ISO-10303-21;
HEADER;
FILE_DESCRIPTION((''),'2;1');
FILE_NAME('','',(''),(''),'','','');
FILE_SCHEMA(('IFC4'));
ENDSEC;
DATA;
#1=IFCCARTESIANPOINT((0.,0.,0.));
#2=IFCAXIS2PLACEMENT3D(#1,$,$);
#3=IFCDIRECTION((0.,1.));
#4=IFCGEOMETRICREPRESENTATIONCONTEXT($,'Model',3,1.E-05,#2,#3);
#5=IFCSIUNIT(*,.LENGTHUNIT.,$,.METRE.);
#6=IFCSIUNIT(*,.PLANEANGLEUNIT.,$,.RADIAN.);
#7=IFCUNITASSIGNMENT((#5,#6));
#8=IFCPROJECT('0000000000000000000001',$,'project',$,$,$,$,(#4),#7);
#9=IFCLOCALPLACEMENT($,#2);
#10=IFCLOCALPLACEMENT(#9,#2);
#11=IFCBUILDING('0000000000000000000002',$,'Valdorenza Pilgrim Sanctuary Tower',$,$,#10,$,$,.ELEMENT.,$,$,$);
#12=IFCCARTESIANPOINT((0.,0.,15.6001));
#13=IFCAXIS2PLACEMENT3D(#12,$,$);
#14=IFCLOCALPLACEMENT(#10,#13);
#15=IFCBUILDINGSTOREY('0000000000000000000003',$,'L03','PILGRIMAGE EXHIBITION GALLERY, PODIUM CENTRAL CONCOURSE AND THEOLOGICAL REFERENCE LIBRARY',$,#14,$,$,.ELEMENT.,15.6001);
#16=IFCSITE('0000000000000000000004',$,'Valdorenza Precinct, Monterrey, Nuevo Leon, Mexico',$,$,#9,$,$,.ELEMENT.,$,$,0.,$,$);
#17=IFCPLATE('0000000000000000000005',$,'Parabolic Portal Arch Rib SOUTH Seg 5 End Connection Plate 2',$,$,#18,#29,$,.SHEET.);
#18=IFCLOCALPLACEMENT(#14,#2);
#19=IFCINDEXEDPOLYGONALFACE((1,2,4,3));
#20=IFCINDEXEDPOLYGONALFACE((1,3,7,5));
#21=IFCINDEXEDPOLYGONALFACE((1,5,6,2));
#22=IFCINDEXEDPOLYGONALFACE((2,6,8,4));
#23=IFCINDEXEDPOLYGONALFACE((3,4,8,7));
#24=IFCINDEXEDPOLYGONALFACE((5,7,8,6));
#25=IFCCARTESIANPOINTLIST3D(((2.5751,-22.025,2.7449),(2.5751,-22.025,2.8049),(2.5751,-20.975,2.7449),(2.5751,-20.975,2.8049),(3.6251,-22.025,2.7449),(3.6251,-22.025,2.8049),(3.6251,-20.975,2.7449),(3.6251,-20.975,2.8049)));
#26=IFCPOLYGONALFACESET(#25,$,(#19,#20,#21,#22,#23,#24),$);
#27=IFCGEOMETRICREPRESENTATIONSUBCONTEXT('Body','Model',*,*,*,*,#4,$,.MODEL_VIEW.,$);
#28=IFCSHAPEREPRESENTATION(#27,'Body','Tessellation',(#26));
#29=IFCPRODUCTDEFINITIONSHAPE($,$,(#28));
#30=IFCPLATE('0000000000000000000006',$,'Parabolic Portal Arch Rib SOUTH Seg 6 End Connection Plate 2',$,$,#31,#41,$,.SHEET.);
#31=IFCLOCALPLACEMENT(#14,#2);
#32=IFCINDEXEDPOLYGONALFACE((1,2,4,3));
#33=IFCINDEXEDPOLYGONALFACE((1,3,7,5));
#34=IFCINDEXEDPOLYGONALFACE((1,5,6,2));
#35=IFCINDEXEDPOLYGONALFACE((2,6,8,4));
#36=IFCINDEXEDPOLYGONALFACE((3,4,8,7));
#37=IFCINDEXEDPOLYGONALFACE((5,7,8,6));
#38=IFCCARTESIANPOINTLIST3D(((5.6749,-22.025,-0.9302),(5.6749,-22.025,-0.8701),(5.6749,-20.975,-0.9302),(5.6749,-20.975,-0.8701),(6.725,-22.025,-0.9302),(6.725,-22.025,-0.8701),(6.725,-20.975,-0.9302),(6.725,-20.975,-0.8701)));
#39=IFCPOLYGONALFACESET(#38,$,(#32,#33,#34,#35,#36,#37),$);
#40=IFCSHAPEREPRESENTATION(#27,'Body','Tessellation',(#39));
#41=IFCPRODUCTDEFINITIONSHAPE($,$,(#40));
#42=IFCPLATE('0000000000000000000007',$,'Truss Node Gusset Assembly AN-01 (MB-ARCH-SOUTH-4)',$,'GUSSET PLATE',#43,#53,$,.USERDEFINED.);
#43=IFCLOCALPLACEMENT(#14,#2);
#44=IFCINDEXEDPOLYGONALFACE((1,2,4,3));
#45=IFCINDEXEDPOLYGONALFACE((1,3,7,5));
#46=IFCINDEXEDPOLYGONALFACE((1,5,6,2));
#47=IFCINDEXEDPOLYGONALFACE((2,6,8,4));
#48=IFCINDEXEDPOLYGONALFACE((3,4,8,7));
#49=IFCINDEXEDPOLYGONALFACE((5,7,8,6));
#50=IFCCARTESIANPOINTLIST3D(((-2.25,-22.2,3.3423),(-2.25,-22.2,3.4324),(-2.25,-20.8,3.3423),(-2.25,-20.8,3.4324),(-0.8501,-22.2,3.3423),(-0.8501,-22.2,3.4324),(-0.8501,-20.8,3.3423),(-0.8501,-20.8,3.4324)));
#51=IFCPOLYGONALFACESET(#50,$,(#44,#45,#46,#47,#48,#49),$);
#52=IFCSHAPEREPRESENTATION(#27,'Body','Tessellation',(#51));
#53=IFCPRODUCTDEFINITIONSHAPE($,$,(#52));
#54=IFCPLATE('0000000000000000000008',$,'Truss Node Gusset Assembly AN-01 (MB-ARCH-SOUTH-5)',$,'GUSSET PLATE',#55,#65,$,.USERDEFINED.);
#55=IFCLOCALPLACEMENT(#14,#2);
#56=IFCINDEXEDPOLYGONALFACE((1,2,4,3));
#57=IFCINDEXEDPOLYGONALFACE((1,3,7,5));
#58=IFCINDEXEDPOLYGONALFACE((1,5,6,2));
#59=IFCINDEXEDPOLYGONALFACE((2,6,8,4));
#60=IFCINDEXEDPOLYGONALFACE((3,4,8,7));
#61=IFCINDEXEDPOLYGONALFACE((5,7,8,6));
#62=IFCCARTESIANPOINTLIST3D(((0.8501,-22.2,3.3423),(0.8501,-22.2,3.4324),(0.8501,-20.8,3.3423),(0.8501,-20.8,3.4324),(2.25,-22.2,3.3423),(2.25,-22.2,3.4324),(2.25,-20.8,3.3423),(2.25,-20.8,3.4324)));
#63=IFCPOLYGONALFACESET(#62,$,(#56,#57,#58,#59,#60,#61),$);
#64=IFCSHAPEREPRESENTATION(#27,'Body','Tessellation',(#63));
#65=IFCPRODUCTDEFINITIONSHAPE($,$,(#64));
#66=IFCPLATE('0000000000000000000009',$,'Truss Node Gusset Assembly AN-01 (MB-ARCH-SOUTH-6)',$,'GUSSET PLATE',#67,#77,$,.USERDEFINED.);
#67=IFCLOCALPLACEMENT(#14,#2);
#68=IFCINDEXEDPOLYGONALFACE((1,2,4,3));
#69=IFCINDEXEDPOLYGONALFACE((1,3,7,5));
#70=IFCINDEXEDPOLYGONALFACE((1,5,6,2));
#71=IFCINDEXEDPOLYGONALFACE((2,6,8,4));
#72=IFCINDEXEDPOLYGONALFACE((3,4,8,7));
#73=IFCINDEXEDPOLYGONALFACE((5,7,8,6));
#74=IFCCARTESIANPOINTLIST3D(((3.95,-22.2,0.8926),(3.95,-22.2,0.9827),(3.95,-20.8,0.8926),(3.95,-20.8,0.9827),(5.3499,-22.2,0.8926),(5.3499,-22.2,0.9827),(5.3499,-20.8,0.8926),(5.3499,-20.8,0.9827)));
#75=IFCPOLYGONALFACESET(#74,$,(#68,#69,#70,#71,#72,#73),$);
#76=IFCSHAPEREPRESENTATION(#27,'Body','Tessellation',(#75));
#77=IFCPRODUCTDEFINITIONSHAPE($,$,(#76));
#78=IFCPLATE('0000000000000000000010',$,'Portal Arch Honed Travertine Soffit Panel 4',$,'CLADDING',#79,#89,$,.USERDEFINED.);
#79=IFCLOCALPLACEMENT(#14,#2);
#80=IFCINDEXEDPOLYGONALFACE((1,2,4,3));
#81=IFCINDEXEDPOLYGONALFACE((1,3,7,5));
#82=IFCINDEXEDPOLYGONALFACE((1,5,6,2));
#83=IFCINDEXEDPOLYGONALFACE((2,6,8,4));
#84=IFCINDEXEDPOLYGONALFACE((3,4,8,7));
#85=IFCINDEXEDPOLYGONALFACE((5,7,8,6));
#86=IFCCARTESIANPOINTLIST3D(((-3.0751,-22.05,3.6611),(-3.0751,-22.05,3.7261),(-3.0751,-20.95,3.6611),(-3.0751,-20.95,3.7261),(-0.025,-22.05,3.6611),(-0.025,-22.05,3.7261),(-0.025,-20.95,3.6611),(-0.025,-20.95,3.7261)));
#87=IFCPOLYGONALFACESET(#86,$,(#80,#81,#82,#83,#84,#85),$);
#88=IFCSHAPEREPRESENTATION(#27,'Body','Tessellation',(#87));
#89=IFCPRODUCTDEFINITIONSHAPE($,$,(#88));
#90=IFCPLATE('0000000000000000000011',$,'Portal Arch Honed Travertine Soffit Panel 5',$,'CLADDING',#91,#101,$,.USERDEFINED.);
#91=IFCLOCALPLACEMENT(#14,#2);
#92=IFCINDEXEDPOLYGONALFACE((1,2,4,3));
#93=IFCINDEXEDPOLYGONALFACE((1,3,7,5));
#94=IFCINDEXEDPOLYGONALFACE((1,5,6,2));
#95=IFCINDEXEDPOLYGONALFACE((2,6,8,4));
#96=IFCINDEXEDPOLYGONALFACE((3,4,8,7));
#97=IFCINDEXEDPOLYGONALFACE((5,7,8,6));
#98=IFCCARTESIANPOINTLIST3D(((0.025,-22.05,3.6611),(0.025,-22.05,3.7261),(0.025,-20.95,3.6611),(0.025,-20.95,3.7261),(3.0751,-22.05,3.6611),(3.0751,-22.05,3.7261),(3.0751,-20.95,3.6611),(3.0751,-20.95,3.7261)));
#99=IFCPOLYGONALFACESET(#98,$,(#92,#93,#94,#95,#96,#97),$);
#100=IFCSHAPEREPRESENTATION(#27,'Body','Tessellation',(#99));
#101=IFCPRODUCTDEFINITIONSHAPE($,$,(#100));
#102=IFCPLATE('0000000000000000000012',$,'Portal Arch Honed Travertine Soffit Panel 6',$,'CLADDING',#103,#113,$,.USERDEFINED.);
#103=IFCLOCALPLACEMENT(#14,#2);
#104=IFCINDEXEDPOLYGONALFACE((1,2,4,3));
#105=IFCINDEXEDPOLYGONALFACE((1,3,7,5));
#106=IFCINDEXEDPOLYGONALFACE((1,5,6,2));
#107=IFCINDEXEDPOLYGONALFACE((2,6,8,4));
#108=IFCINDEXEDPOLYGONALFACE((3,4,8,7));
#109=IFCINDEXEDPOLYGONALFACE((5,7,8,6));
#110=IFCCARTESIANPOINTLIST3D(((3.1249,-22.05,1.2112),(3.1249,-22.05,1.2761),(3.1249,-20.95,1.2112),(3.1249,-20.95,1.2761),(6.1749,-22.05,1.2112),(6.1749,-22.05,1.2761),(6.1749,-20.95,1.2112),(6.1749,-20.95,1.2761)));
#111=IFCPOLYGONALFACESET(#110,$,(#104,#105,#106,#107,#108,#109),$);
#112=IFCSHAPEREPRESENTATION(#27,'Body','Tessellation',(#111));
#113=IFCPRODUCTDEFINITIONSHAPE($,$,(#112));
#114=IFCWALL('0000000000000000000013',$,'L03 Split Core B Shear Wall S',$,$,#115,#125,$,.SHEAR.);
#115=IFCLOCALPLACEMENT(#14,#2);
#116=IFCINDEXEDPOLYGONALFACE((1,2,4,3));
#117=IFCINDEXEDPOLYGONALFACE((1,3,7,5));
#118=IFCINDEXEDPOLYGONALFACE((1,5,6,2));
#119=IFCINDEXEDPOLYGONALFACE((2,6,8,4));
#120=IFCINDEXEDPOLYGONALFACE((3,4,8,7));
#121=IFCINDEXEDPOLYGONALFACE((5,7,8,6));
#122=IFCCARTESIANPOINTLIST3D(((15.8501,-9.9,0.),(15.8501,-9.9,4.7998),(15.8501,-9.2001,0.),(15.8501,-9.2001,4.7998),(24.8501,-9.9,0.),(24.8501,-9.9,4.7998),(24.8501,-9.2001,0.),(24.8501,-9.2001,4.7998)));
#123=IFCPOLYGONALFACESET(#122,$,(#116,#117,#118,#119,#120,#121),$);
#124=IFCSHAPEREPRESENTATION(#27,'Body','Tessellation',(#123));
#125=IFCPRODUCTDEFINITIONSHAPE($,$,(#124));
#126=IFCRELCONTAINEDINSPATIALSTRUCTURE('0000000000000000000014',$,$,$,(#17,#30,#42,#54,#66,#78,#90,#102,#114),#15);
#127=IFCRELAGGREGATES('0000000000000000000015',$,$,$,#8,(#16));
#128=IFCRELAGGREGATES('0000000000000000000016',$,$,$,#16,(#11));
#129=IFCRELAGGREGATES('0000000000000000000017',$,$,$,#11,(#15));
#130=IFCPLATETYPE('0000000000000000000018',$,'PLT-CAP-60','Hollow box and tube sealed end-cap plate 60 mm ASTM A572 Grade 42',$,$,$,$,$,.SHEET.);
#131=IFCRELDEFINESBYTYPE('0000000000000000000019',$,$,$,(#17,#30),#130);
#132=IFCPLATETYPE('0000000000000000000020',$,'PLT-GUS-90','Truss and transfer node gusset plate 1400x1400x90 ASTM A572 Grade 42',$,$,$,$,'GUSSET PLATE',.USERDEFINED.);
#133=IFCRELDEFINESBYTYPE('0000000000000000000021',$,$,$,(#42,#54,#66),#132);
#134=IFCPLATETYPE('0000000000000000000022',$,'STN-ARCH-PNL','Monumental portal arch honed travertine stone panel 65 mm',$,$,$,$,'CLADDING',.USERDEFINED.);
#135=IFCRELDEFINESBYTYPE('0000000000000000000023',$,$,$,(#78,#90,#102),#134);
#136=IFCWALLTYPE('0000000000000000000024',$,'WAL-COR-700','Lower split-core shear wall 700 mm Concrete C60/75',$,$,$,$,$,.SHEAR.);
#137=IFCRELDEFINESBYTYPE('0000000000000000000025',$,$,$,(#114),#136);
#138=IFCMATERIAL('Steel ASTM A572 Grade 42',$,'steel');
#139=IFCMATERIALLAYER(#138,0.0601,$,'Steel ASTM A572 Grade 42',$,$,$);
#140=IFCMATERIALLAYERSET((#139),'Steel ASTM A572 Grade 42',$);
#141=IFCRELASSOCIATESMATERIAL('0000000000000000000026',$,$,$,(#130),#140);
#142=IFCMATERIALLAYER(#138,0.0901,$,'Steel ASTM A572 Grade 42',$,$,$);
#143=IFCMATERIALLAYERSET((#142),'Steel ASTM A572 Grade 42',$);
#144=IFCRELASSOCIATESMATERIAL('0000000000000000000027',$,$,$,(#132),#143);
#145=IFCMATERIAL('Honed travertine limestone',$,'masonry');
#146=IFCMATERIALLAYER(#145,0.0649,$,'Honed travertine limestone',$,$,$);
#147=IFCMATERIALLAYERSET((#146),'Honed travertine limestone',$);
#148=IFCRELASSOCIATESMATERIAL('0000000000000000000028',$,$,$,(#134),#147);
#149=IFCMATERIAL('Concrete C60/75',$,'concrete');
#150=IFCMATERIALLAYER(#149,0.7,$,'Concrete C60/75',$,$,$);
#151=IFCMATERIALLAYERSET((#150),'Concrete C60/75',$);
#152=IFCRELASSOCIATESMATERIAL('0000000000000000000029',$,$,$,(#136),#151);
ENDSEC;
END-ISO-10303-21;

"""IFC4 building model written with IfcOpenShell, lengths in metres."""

from ifc_helpers import new_model, si_unit, direction, frame, frame_2d, origin, origin_2d, place, context, subcontext, project, spatial, rectangle, extrude, source, transform, mapped, material, layer, layer_set, type_object, element, save


model = new_model("IFC4")

# Units and contexts
model_context = context("Model", 3, precision=1e-05, world=origin(), true_north=direction((0.0, 1.0)))
body_context = subcontext(model_context, "Body", "Model", "MODEL_VIEW")
ifc_project = project(units=[si_unit("LENGTHUNIT", "METRE"), si_unit("PLANEANGLEUNIT", "RADIAN")], contexts=[model_context])

# Site, building, storey
site_placement = place(None, origin())
site = spatial("IfcSite", under=ifc_project, at=site_placement, Name="Valdorenza Precinct, Monterrey, Nuevo Leon, Mexico", CompositionType="ELEMENT", RefElevation=0.0)
building_placement = place(site_placement, origin())
building = spatial("IfcBuilding", under=site, at=building_placement, Name="Valdorenza Pilgrim Sanctuary Tower", CompositionType="ELEMENT")
storey_placement = place(building_placement, frame((0.0, 0.0, 15.6001)))
storey = spatial("IfcBuildingStorey", under=building, at=storey_placement, Name="L03", Description="PILGRIMAGE EXHIBITION GALLERY, PODIUM CENTRAL CONCOURSE AND THEOLOGICAL REFERENCE LIBRARY", CompositionType="ELEMENT", Elevation=15.6001)

# Shared definitions
ifc_material_1 = material(Name="Concrete C60/75", Category="concrete")

# Shared definitions
ifc_material_2 = material(Name="Steel ASTM A572 Grade 42", Category="steel")

# Plates
ifc_layer_1 = layer(ifc_material_2, 0.0601, Name="Steel ASTM A572 Grade 42")
ifc_layer_set_1 = layer_set([ifc_layer_1], Name="Steel ASTM A572 Grade 42")
plate_type_1 = type_object("IfcPlateType", Name="PLT-CAP-60", Description="Hollow box and tube sealed end-cap plate 60 mm ASTM A572 Grade 42", PredefinedType="SHEET", material=ifc_layer_set_1)
shared_shape_1 = source(origin(), body_context, "Body", "SweptSolid", [
    extrude(rectangle(XDim=1.05, YDim=1.05, at=origin_2d()), origin(), (0.0, 0.0, 1.0), 0.0601),
])
for number, where, z_axis, x_axis, name in (
    (1, (3.1001, -21.5, 2.7449), (0.0, 0.0, 1.0), (1.0, 0.0, 0.0), "Parabolic Portal Arch Rib SOUTH Seg 5 End Connection Plate 2"),
    (2, (6.2, -21.5, -0.9302), (0.0, 0.0, 1.0), (1.0, 0.0, 0.0), "Parabolic Portal Arch Rib SOUTH Seg 6 End Connection Plate 2"),
):
    element("IfcPlate", number, at=place(storey_placement, frame(where, z_axis=z_axis, x_axis=x_axis)), inside=storey, type_object=plate_type_1, Name=name, PredefinedType="SHEET", context=body_context, shape_type="MappedRepresentation", body=[
        mapped(shared_shape_1, transform((0.0, 0.0, 0.0), x_axis=(1.0, 0.0, 0.0), y_axis=(0.0, 1.0, 0.0), z_axis=(0.0, 0.0, 1.0), scale=1.0)),
    ])
ifc_layer_2 = layer(ifc_material_2, 0.0901, Name="Steel ASTM A572 Grade 42")
ifc_layer_set_2 = layer_set([ifc_layer_2], Name="Steel ASTM A572 Grade 42")
plate_type_2 = type_object("IfcPlateType", Name="PLT-GUS-90", Description="Truss and transfer node gusset plate 1400x1400x90 ASTM A572 Grade 42", ElementType="GUSSET PLATE", PredefinedType="USERDEFINED", material=ifc_layer_set_2)
shared_shape_2 = source(origin(), body_context, "Body", "SweptSolid", [
    extrude(rectangle(XDim=1.3999, YDim=1.3999, at=origin_2d()), origin(), (0.0, 0.0, 1.0), 0.0901),
])
for number, where, z_axis, x_axis, name in (
    (3, (-1.55, -21.5, 3.3423), (0.0, 0.0, 1.0), (1.0, 0.0, 0.0), "Truss Node Gusset Assembly AN-01 (MB-ARCH-SOUTH-4)"),
    (4, (1.55, -21.5, 3.3423), (0.0, 0.0, 1.0), (1.0, 0.0, 0.0), "Truss Node Gusset Assembly AN-01 (MB-ARCH-SOUTH-5)"),
    (5, (4.6499, -21.5, 0.8926), (0.0, 0.0, 1.0), (1.0, 0.0, 0.0), "Truss Node Gusset Assembly AN-01 (MB-ARCH-SOUTH-6)"),
):
    element("IfcPlate", number, at=place(storey_placement, frame(where, z_axis=z_axis, x_axis=x_axis)), inside=storey, type_object=plate_type_2, Name=name, ObjectType="GUSSET PLATE", PredefinedType="USERDEFINED", context=body_context, shape_type="MappedRepresentation", body=[
        mapped(shared_shape_2, transform((0.0, 0.0, 0.0), x_axis=(1.0, 0.0, 0.0), y_axis=(0.0, 1.0, 0.0), z_axis=(0.0, 0.0, 1.0), scale=1.0)),
    ])
ifc_material_3 = material(Name="Honed travertine limestone", Category="masonry")
ifc_layer_3 = layer(ifc_material_3, 0.0649, Name="Honed travertine limestone")
ifc_layer_set_3 = layer_set([ifc_layer_3], Name="Honed travertine limestone")
plate_type_3 = type_object("IfcPlateType", Name="STN-ARCH-PNL", Description="Monumental portal arch honed travertine stone panel 65 mm", ElementType="CLADDING", PredefinedType="USERDEFINED", material=ifc_layer_set_3)
shared_shape_3 = source(origin(), body_context, "Body", "SweptSolid", [
    extrude(rectangle(XDim=3.05, YDim=1.1001, at=origin_2d()), origin(), (0.0, 0.0, 1.0), 0.0649),
])
for number, where, z_axis, x_axis, name in (
    (6, (-1.55, -21.5, 3.6611), (0.0, 0.0, 1.0), (1.0, 0.0, 0.0), "Portal Arch Honed Travertine Soffit Panel 4"),
    (7, (1.55, -21.5, 3.6611), (0.0, 0.0, 1.0), (1.0, 0.0, 0.0), "Portal Arch Honed Travertine Soffit Panel 5"),
    (8, (4.6499, -21.5, 1.2112), (0.0, 0.0, 1.0), (1.0, 0.0, 0.0), "Portal Arch Honed Travertine Soffit Panel 6"),
):
    element("IfcPlate", number, at=place(storey_placement, frame(where, z_axis=z_axis, x_axis=x_axis)), inside=storey, type_object=plate_type_3, Name=name, ObjectType="CLADDING", PredefinedType="USERDEFINED", context=body_context, shape_type="MappedRepresentation", body=[
        mapped(shared_shape_3, transform((0.0, 0.0, 0.0), x_axis=(1.0, 0.0, 0.0), y_axis=(0.0, 1.0, 0.0), z_axis=(0.0, 0.0, 1.0), scale=1.0)),
    ])

# Wall
ifc_layer_4 = layer(ifc_material_1, 0.7, Name="Concrete C60/75")
ifc_layer_set_4 = layer_set([ifc_layer_4], Name="Concrete C60/75")
wall_type_1 = type_object("IfcWallType", Name="WAL-COR-700", Description="Lower split-core shear wall 700 mm Concrete C60/75", PredefinedType="SHEAR", material=ifc_layer_set_4)
wall_1_placement = place(storey_placement, frame((15.8501, -9.55, 0.0), z_axis=(0.0, 0.0, 1.0), x_axis=(1.0, 0.0, 0.0)))
element("IfcWall", 9, at=wall_1_placement, inside=storey, type_object=wall_type_1, Name="L03 Split Core B Shear Wall S", PredefinedType="SHEAR", context=body_context, shape_type="SweptSolid", body=[
    extrude(rectangle(XDim=9.0, YDim=0.7, at=frame_2d((4.5, 0.0))), origin(), (0.0, 0.0, 1.0), 4.7998),
])

save(model, "model.ifc")
